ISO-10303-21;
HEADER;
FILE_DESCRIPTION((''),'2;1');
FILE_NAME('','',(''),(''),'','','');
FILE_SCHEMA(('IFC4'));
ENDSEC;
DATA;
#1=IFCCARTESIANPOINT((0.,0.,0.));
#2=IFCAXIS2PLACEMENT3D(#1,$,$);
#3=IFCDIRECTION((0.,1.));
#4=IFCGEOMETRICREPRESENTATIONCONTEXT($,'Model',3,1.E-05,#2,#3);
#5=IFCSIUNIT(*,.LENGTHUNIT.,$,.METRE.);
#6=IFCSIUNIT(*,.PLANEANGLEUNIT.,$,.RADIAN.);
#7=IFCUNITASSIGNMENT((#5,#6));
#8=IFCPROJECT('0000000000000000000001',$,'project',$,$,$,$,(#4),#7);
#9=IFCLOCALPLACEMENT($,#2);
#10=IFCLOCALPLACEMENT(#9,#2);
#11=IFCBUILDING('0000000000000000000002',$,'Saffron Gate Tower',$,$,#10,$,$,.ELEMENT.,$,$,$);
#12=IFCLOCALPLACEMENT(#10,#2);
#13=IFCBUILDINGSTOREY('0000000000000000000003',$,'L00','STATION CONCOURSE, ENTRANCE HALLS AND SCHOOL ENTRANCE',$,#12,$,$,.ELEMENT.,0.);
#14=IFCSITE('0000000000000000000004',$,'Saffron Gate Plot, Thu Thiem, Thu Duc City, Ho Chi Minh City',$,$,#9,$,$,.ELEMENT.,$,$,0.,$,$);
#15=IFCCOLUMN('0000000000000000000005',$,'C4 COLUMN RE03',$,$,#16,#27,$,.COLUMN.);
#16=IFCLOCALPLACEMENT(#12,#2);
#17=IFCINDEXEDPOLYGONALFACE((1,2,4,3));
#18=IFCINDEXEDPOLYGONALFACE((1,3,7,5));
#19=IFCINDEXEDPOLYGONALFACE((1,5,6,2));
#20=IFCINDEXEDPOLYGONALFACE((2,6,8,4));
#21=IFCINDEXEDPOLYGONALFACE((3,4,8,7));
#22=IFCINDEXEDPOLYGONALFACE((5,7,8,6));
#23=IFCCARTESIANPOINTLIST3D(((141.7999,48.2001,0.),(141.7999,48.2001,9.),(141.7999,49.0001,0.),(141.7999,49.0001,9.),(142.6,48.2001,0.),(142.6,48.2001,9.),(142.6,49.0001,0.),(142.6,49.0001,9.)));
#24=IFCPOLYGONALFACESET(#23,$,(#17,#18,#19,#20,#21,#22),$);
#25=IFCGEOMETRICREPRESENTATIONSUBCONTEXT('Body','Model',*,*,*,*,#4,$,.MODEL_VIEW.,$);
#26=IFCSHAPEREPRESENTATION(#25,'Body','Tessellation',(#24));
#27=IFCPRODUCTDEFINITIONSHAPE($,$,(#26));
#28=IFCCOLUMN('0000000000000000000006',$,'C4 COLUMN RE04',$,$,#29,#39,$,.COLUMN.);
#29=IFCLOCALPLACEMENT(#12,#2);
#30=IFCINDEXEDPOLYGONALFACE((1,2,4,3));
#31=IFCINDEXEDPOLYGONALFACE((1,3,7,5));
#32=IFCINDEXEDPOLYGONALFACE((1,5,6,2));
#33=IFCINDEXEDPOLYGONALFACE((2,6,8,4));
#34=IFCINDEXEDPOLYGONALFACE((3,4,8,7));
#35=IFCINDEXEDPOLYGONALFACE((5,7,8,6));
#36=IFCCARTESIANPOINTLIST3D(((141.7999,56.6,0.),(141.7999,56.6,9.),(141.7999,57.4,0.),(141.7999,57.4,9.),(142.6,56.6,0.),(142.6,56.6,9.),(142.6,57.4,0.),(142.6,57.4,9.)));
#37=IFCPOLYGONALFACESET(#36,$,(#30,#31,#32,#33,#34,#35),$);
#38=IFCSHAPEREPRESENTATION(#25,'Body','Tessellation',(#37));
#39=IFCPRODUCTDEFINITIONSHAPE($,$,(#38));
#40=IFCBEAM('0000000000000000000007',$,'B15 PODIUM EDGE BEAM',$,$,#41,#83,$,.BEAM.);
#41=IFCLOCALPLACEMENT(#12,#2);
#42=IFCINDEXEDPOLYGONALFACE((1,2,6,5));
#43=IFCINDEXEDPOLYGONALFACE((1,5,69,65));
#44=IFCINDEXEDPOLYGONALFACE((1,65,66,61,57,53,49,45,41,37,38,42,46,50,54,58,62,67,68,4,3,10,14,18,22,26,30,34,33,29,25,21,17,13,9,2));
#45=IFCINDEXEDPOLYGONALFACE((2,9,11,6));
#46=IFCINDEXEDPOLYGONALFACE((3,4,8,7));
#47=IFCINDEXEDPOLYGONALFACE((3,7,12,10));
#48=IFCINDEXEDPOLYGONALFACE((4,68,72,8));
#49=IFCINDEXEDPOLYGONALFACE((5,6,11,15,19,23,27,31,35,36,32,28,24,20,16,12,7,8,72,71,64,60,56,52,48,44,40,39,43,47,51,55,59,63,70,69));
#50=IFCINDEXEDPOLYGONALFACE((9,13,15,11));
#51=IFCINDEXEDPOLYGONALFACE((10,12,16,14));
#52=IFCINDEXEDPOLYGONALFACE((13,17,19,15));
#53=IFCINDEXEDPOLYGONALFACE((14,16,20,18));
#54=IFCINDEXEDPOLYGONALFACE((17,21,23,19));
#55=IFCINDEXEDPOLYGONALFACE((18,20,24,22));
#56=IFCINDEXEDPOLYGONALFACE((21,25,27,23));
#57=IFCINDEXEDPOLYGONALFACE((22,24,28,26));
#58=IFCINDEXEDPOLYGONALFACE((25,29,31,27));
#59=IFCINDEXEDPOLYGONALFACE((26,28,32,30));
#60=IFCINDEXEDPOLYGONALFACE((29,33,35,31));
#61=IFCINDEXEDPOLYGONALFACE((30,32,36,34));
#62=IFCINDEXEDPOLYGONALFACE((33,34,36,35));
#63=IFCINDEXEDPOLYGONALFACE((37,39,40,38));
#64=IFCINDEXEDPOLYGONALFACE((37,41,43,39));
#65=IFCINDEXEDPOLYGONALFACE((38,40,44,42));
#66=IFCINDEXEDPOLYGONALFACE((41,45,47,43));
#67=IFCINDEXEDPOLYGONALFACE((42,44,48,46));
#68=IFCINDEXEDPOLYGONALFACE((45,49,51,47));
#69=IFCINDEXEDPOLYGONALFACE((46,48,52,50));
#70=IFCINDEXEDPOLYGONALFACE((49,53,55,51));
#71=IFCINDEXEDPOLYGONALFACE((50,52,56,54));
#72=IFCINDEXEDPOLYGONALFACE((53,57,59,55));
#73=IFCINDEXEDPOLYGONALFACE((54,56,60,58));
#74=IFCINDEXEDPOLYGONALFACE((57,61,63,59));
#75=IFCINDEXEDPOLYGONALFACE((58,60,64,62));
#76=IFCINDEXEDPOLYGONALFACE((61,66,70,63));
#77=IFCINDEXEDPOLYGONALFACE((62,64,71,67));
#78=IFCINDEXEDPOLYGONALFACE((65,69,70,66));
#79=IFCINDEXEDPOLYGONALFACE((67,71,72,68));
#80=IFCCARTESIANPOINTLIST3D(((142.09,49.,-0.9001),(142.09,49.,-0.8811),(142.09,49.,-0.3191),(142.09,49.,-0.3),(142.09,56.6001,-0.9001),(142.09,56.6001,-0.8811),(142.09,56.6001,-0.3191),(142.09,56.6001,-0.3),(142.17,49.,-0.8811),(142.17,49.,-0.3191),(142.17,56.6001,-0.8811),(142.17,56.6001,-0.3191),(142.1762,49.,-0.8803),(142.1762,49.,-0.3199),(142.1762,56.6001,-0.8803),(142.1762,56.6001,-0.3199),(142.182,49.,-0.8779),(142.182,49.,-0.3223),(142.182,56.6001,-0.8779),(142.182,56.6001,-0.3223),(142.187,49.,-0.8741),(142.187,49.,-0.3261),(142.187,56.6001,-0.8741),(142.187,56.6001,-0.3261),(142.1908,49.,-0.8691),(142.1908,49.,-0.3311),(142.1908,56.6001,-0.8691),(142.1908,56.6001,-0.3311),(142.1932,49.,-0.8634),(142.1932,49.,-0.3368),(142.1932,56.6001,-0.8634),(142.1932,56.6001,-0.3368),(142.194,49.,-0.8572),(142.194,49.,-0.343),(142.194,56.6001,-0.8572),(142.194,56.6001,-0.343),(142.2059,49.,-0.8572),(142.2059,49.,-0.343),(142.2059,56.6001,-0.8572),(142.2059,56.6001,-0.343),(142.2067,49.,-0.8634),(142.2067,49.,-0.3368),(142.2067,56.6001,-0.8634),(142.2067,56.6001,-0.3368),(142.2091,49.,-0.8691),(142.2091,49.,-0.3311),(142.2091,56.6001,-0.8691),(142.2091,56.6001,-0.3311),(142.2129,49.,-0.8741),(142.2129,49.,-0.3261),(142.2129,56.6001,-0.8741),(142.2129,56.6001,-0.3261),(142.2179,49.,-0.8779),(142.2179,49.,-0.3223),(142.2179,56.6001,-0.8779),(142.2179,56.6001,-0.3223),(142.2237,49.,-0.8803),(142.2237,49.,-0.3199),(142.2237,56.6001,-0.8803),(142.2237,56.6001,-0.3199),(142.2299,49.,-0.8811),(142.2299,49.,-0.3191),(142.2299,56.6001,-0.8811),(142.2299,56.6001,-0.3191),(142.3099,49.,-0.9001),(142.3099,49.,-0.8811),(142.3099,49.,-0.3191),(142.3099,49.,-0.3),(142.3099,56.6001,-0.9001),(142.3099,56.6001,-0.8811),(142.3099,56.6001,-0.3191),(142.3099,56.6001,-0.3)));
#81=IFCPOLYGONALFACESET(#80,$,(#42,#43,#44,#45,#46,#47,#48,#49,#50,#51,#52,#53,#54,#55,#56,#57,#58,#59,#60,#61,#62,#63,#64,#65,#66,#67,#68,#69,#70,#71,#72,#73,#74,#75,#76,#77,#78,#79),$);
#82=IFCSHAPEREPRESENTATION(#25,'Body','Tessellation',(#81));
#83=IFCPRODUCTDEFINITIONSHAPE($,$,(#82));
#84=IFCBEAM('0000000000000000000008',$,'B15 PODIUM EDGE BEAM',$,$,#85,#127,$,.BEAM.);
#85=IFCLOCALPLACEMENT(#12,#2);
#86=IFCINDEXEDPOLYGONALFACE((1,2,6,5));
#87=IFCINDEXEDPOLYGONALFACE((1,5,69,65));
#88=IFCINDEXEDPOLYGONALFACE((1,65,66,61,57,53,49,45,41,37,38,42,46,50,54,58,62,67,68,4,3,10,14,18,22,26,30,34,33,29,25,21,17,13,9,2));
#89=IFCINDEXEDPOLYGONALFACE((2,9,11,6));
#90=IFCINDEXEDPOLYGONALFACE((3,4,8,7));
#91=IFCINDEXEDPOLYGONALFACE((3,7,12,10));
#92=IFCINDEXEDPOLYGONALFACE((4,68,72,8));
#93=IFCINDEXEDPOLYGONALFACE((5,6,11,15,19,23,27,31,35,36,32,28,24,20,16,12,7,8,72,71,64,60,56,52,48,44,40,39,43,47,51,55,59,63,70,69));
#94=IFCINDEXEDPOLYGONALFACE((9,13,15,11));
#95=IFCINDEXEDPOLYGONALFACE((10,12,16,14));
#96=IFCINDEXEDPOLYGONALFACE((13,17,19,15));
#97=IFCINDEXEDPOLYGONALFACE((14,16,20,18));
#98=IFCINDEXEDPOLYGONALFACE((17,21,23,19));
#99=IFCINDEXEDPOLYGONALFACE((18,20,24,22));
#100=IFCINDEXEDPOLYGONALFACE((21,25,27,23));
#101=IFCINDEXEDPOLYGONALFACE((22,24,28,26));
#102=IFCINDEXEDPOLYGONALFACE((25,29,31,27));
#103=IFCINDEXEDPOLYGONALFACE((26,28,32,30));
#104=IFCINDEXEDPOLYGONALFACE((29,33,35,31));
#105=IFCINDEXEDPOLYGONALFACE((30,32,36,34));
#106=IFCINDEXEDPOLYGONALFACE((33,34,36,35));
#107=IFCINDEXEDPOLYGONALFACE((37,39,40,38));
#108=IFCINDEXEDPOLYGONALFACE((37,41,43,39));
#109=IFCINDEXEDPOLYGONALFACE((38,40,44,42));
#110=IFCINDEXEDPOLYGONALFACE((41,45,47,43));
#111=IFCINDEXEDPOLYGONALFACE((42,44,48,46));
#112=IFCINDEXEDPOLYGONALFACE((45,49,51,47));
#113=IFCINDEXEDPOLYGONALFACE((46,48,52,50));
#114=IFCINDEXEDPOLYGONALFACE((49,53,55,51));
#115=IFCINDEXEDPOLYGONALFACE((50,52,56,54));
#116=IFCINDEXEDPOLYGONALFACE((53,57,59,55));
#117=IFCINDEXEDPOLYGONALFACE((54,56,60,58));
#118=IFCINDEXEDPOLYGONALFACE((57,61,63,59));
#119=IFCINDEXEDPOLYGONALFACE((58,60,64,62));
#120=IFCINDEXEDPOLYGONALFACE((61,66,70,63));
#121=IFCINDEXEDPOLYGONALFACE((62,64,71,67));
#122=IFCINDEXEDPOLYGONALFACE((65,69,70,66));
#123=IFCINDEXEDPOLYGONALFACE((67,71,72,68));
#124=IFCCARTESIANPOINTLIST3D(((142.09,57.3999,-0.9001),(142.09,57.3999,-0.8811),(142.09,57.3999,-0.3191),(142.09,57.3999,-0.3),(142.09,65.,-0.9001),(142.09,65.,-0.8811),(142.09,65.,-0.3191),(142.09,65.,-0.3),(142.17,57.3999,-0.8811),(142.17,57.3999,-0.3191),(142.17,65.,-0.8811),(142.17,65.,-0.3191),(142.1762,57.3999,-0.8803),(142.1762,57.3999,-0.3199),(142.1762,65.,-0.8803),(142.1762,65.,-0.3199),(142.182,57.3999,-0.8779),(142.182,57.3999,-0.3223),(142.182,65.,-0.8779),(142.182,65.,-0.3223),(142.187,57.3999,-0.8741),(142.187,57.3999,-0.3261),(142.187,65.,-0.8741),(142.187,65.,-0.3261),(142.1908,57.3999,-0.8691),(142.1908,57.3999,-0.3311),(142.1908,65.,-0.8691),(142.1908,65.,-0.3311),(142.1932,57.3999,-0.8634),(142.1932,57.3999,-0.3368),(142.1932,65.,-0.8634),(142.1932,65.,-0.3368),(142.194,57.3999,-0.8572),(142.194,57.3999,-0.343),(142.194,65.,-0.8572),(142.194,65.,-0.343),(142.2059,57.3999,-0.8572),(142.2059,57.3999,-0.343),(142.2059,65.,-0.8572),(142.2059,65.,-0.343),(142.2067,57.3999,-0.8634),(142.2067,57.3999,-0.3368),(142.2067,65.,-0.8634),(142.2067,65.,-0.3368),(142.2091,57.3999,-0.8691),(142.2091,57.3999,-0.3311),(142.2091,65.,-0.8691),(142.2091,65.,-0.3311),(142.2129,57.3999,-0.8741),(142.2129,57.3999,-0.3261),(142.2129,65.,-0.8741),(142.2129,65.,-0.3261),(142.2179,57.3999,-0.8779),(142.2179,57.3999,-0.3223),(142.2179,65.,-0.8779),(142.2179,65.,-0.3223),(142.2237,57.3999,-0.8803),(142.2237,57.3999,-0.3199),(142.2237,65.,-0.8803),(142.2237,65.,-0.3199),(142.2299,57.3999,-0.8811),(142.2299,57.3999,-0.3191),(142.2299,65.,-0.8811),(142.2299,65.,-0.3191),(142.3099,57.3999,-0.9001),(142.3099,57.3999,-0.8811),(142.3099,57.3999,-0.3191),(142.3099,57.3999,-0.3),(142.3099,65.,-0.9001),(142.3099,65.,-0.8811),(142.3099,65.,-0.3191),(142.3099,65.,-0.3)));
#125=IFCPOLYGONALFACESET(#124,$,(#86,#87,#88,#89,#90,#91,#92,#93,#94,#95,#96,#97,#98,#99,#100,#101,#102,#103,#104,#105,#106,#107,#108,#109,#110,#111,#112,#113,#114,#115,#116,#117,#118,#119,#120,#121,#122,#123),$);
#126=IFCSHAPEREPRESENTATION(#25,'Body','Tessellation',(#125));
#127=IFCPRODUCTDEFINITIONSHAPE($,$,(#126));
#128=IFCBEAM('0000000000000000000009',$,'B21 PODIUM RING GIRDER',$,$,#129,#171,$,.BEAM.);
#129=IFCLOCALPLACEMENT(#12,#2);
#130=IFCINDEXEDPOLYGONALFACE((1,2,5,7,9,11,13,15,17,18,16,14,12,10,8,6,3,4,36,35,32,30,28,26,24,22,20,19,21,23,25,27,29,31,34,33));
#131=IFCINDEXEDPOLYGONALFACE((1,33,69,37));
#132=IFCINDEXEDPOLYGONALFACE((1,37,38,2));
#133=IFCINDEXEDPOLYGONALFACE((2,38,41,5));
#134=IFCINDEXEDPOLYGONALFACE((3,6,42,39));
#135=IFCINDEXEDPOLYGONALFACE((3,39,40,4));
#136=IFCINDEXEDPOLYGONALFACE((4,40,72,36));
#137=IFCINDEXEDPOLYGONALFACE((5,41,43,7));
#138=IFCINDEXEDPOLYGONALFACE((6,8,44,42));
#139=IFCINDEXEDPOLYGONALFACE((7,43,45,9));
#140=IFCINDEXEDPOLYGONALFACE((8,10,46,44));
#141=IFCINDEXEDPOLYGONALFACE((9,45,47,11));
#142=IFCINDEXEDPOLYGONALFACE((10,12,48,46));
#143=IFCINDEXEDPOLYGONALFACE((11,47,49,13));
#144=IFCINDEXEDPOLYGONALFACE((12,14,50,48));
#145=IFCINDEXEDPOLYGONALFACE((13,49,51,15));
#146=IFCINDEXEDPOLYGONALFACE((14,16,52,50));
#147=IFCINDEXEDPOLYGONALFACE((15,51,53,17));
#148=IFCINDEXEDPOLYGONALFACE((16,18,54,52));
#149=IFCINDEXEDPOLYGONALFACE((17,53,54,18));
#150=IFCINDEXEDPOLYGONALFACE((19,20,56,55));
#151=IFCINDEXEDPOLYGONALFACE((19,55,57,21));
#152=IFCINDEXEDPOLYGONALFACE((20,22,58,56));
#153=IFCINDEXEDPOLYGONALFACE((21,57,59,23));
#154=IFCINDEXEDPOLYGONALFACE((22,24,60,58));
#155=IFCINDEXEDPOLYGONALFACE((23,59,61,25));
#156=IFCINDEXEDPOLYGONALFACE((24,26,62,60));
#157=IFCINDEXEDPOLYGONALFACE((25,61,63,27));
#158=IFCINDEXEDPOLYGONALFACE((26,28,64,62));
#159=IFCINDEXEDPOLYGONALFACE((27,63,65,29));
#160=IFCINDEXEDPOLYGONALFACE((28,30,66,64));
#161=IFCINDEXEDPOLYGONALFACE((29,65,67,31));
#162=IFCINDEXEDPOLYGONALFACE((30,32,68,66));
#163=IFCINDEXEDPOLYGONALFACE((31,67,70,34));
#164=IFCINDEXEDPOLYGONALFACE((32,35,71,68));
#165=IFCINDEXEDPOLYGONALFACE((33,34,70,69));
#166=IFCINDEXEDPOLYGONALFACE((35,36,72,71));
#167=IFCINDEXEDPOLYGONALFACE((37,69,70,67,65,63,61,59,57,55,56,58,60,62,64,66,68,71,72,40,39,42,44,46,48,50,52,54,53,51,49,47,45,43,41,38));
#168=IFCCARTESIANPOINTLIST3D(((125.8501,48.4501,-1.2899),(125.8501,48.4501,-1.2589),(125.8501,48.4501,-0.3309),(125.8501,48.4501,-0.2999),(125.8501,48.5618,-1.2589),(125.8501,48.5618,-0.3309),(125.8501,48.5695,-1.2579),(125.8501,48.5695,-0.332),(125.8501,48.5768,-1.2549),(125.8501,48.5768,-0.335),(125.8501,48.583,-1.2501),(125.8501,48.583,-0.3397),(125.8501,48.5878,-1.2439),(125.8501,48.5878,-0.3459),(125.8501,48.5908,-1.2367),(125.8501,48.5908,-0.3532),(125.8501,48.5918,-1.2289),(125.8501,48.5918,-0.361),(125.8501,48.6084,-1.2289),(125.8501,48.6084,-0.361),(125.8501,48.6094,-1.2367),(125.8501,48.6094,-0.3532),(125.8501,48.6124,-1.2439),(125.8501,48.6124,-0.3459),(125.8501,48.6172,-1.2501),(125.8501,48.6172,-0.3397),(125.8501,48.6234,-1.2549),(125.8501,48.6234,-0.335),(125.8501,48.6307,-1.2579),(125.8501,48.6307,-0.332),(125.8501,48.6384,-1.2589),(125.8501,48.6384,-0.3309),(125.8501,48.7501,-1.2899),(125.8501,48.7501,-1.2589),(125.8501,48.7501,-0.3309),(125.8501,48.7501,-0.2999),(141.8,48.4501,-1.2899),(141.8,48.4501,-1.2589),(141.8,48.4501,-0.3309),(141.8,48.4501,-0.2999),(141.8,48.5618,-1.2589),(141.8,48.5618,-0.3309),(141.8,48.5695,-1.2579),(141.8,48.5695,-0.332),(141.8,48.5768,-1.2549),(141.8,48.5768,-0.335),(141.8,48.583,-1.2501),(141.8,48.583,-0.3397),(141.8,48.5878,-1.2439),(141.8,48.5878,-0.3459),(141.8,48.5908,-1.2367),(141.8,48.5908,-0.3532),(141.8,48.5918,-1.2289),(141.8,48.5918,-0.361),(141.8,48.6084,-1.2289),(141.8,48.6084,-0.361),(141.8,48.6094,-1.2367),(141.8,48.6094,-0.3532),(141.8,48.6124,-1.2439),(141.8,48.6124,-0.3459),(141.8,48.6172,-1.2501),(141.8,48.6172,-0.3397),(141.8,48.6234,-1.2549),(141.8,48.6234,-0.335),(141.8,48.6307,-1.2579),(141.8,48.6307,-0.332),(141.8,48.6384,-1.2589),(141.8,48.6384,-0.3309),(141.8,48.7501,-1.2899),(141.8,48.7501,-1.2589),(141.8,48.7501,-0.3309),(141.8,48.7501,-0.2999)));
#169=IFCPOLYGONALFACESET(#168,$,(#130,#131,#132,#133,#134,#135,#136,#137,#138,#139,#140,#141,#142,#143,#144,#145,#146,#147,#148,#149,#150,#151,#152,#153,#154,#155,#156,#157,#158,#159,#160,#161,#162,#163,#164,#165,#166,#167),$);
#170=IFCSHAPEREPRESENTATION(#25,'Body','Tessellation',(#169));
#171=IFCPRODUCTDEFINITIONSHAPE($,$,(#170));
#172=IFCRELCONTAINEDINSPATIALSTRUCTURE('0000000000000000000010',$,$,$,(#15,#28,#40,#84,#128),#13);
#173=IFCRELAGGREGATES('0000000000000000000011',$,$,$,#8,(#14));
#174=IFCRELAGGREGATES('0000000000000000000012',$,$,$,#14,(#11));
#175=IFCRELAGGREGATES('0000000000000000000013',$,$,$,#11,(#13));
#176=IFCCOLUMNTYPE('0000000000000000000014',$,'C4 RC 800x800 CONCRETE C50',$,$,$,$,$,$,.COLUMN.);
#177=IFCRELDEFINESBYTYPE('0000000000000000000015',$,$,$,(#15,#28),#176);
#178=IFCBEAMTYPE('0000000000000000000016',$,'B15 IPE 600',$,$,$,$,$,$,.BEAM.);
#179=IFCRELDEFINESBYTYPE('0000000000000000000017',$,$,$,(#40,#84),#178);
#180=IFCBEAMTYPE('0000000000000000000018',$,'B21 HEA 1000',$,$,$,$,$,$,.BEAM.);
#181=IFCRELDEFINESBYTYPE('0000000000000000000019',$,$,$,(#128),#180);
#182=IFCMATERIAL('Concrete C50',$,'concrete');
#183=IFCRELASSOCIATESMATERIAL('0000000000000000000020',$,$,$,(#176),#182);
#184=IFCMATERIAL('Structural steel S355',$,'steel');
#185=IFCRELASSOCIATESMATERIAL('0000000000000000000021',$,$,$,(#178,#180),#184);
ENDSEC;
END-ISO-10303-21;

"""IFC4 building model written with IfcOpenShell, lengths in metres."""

from ifc_helpers import new_model, si_unit, direction, frame, origin, origin_2d, place, context, subcontext, project, spatial, rectangle, i_section, extrude, material, material_profile, profile_set, type_object, element, save


model = new_model("IFC4")

# Units and contexts
model_context = context("Model", 3, precision=1e-05, world=origin(), true_north=direction((0.0, 1.0)))
body_context = subcontext(model_context, "Body", "Model", "MODEL_VIEW")
ifc_project = project(units=[si_unit("LENGTHUNIT", "METRE"), si_unit("PLANEANGLEUNIT", "RADIAN")], contexts=[model_context])

# Site, building, storey
site_placement = place(None, origin())
site = spatial("IfcSite", under=ifc_project, at=site_placement, Name="Saffron Gate Plot, Thu Thiem, Thu Duc City, Ho Chi Minh City", CompositionType="ELEMENT", RefElevation=0.0)
building_placement = place(site_placement, origin())
building = spatial("IfcBuilding", under=site, at=building_placement, Name="Saffron Gate Tower", CompositionType="ELEMENT")
storey_placement = place(building_placement, origin())
storey = spatial("IfcBuildingStorey", under=building, at=storey_placement, Name="L00", Description="STATION CONCOURSE, ENTRANCE HALLS AND SCHOOL ENTRANCE", CompositionType="ELEMENT", Elevation=0.0)

# Columns
ifc_material_1 = material(Name="Concrete C50", Category="concrete")
ifc_material_profile_1 = material_profile(ifc_material_1, rectangle(XDim=0.8, YDim=0.8, at=origin_2d()))
ifc_profile_set_1 = profile_set([ifc_material_profile_1], Name="Concrete C50")
column_type = type_object("IfcColumnType", Name="C4 RC 800x800 CONCRETE C50", PredefinedType="COLUMN", material=ifc_profile_set_1)
for number, where, z_axis, x_axis, name in (
    (1, (142.2, 48.6001, 0.0), (0.0, 0.0, 1.0), (1.0, 0.0, 0.0), "C4 COLUMN RE03"),
    (2, (142.2, 57.0, 0.0), (0.0, 0.0, 1.0), (1.0, 0.0, 0.0), "C4 COLUMN RE04"),
):
    element("IfcColumn", number, at=place(storey_placement, frame(where, z_axis=z_axis, x_axis=x_axis)), inside=storey, type_object=column_type, Name=name, PredefinedType="COLUMN", context=body_context, shape_type="SweptSolid", body=[
        extrude(rectangle(XDim=0.8, YDim=0.8, at=origin_2d()), origin(), (0.0, 0.0, 1.0), 9.0),
    ])

# Beams
ifc_material_2 = material(Name="Structural steel S355", Category="steel")
ifc_material_profile_2 = material_profile(ifc_material_2, i_section(OverallWidth=0.22, OverallDepth=0.6001, WebThickness=0.012, FlangeThickness=0.019, FilletRadius=0.0239, at=origin_2d()))
ifc_profile_set_2 = profile_set([ifc_material_profile_2], Name="Structural steel S355")
beam_type_1 = type_object("IfcBeamType", Name="B15 IPE 600", PredefinedType="BEAM", material=ifc_profile_set_2)
for number, where, z_axis, x_axis, name in (
    (3, (142.2, 49.0, -0.6001), (0.0, 1.0, 0.0), (-1.0, 0.0, 0.0), "B15 PODIUM EDGE BEAM"),
    (4, (142.2, 57.3999, -0.6001), (0.0, 1.0, 0.0), (-1.0, 0.0, 0.0), "B15 PODIUM EDGE BEAM"),
):
    element("IfcBeam", number, at=place(storey_placement, frame(where, z_axis=z_axis, x_axis=x_axis)), inside=storey, type_object=beam_type_1, Name=name, PredefinedType="BEAM", context=body_context, shape_type="SweptSolid", body=[
        extrude(i_section(OverallWidth=0.22, OverallDepth=0.6001, WebThickness=0.012, FlangeThickness=0.019, FilletRadius=0.0239, at=origin_2d()), origin(), (0.0, 0.0, 1.0), 7.6001),
    ])
ifc_material_profile_3 = material_profile(ifc_material_2, i_section(OverallWidth=0.3, OverallDepth=0.99, WebThickness=0.0166, FlangeThickness=0.031, FilletRadius=0.03, at=origin_2d()))
ifc_profile_set_3 = profile_set([ifc_material_profile_3], Name="Structural steel S355")
beam_type_2 = type_object("IfcBeamType", Name="B21 HEA 1000", PredefinedType="BEAM", material=ifc_profile_set_3)
for number, where, z_axis, x_axis, name in (
    (5, (141.8, 48.6001, -0.7949), (-1.0, 0.0, 0.0), (0.0, -1.0, 0.0), "B21 PODIUM RING GIRDER"),
):
    element("IfcBeam", number, at=place(storey_placement, frame(where, z_axis=z_axis, x_axis=x_axis)), inside=storey, type_object=beam_type_2, Name=name, PredefinedType="BEAM", context=body_context, shape_type="SweptSolid", body=[
        extrude(i_section(OverallWidth=0.3, OverallDepth=0.99, WebThickness=0.0166, FlangeThickness=0.031, FilletRadius=0.03, at=origin_2d()), origin(), (0.0, 0.0, 1.0), 15.95),
    ])

save(model, "model.ifc")
